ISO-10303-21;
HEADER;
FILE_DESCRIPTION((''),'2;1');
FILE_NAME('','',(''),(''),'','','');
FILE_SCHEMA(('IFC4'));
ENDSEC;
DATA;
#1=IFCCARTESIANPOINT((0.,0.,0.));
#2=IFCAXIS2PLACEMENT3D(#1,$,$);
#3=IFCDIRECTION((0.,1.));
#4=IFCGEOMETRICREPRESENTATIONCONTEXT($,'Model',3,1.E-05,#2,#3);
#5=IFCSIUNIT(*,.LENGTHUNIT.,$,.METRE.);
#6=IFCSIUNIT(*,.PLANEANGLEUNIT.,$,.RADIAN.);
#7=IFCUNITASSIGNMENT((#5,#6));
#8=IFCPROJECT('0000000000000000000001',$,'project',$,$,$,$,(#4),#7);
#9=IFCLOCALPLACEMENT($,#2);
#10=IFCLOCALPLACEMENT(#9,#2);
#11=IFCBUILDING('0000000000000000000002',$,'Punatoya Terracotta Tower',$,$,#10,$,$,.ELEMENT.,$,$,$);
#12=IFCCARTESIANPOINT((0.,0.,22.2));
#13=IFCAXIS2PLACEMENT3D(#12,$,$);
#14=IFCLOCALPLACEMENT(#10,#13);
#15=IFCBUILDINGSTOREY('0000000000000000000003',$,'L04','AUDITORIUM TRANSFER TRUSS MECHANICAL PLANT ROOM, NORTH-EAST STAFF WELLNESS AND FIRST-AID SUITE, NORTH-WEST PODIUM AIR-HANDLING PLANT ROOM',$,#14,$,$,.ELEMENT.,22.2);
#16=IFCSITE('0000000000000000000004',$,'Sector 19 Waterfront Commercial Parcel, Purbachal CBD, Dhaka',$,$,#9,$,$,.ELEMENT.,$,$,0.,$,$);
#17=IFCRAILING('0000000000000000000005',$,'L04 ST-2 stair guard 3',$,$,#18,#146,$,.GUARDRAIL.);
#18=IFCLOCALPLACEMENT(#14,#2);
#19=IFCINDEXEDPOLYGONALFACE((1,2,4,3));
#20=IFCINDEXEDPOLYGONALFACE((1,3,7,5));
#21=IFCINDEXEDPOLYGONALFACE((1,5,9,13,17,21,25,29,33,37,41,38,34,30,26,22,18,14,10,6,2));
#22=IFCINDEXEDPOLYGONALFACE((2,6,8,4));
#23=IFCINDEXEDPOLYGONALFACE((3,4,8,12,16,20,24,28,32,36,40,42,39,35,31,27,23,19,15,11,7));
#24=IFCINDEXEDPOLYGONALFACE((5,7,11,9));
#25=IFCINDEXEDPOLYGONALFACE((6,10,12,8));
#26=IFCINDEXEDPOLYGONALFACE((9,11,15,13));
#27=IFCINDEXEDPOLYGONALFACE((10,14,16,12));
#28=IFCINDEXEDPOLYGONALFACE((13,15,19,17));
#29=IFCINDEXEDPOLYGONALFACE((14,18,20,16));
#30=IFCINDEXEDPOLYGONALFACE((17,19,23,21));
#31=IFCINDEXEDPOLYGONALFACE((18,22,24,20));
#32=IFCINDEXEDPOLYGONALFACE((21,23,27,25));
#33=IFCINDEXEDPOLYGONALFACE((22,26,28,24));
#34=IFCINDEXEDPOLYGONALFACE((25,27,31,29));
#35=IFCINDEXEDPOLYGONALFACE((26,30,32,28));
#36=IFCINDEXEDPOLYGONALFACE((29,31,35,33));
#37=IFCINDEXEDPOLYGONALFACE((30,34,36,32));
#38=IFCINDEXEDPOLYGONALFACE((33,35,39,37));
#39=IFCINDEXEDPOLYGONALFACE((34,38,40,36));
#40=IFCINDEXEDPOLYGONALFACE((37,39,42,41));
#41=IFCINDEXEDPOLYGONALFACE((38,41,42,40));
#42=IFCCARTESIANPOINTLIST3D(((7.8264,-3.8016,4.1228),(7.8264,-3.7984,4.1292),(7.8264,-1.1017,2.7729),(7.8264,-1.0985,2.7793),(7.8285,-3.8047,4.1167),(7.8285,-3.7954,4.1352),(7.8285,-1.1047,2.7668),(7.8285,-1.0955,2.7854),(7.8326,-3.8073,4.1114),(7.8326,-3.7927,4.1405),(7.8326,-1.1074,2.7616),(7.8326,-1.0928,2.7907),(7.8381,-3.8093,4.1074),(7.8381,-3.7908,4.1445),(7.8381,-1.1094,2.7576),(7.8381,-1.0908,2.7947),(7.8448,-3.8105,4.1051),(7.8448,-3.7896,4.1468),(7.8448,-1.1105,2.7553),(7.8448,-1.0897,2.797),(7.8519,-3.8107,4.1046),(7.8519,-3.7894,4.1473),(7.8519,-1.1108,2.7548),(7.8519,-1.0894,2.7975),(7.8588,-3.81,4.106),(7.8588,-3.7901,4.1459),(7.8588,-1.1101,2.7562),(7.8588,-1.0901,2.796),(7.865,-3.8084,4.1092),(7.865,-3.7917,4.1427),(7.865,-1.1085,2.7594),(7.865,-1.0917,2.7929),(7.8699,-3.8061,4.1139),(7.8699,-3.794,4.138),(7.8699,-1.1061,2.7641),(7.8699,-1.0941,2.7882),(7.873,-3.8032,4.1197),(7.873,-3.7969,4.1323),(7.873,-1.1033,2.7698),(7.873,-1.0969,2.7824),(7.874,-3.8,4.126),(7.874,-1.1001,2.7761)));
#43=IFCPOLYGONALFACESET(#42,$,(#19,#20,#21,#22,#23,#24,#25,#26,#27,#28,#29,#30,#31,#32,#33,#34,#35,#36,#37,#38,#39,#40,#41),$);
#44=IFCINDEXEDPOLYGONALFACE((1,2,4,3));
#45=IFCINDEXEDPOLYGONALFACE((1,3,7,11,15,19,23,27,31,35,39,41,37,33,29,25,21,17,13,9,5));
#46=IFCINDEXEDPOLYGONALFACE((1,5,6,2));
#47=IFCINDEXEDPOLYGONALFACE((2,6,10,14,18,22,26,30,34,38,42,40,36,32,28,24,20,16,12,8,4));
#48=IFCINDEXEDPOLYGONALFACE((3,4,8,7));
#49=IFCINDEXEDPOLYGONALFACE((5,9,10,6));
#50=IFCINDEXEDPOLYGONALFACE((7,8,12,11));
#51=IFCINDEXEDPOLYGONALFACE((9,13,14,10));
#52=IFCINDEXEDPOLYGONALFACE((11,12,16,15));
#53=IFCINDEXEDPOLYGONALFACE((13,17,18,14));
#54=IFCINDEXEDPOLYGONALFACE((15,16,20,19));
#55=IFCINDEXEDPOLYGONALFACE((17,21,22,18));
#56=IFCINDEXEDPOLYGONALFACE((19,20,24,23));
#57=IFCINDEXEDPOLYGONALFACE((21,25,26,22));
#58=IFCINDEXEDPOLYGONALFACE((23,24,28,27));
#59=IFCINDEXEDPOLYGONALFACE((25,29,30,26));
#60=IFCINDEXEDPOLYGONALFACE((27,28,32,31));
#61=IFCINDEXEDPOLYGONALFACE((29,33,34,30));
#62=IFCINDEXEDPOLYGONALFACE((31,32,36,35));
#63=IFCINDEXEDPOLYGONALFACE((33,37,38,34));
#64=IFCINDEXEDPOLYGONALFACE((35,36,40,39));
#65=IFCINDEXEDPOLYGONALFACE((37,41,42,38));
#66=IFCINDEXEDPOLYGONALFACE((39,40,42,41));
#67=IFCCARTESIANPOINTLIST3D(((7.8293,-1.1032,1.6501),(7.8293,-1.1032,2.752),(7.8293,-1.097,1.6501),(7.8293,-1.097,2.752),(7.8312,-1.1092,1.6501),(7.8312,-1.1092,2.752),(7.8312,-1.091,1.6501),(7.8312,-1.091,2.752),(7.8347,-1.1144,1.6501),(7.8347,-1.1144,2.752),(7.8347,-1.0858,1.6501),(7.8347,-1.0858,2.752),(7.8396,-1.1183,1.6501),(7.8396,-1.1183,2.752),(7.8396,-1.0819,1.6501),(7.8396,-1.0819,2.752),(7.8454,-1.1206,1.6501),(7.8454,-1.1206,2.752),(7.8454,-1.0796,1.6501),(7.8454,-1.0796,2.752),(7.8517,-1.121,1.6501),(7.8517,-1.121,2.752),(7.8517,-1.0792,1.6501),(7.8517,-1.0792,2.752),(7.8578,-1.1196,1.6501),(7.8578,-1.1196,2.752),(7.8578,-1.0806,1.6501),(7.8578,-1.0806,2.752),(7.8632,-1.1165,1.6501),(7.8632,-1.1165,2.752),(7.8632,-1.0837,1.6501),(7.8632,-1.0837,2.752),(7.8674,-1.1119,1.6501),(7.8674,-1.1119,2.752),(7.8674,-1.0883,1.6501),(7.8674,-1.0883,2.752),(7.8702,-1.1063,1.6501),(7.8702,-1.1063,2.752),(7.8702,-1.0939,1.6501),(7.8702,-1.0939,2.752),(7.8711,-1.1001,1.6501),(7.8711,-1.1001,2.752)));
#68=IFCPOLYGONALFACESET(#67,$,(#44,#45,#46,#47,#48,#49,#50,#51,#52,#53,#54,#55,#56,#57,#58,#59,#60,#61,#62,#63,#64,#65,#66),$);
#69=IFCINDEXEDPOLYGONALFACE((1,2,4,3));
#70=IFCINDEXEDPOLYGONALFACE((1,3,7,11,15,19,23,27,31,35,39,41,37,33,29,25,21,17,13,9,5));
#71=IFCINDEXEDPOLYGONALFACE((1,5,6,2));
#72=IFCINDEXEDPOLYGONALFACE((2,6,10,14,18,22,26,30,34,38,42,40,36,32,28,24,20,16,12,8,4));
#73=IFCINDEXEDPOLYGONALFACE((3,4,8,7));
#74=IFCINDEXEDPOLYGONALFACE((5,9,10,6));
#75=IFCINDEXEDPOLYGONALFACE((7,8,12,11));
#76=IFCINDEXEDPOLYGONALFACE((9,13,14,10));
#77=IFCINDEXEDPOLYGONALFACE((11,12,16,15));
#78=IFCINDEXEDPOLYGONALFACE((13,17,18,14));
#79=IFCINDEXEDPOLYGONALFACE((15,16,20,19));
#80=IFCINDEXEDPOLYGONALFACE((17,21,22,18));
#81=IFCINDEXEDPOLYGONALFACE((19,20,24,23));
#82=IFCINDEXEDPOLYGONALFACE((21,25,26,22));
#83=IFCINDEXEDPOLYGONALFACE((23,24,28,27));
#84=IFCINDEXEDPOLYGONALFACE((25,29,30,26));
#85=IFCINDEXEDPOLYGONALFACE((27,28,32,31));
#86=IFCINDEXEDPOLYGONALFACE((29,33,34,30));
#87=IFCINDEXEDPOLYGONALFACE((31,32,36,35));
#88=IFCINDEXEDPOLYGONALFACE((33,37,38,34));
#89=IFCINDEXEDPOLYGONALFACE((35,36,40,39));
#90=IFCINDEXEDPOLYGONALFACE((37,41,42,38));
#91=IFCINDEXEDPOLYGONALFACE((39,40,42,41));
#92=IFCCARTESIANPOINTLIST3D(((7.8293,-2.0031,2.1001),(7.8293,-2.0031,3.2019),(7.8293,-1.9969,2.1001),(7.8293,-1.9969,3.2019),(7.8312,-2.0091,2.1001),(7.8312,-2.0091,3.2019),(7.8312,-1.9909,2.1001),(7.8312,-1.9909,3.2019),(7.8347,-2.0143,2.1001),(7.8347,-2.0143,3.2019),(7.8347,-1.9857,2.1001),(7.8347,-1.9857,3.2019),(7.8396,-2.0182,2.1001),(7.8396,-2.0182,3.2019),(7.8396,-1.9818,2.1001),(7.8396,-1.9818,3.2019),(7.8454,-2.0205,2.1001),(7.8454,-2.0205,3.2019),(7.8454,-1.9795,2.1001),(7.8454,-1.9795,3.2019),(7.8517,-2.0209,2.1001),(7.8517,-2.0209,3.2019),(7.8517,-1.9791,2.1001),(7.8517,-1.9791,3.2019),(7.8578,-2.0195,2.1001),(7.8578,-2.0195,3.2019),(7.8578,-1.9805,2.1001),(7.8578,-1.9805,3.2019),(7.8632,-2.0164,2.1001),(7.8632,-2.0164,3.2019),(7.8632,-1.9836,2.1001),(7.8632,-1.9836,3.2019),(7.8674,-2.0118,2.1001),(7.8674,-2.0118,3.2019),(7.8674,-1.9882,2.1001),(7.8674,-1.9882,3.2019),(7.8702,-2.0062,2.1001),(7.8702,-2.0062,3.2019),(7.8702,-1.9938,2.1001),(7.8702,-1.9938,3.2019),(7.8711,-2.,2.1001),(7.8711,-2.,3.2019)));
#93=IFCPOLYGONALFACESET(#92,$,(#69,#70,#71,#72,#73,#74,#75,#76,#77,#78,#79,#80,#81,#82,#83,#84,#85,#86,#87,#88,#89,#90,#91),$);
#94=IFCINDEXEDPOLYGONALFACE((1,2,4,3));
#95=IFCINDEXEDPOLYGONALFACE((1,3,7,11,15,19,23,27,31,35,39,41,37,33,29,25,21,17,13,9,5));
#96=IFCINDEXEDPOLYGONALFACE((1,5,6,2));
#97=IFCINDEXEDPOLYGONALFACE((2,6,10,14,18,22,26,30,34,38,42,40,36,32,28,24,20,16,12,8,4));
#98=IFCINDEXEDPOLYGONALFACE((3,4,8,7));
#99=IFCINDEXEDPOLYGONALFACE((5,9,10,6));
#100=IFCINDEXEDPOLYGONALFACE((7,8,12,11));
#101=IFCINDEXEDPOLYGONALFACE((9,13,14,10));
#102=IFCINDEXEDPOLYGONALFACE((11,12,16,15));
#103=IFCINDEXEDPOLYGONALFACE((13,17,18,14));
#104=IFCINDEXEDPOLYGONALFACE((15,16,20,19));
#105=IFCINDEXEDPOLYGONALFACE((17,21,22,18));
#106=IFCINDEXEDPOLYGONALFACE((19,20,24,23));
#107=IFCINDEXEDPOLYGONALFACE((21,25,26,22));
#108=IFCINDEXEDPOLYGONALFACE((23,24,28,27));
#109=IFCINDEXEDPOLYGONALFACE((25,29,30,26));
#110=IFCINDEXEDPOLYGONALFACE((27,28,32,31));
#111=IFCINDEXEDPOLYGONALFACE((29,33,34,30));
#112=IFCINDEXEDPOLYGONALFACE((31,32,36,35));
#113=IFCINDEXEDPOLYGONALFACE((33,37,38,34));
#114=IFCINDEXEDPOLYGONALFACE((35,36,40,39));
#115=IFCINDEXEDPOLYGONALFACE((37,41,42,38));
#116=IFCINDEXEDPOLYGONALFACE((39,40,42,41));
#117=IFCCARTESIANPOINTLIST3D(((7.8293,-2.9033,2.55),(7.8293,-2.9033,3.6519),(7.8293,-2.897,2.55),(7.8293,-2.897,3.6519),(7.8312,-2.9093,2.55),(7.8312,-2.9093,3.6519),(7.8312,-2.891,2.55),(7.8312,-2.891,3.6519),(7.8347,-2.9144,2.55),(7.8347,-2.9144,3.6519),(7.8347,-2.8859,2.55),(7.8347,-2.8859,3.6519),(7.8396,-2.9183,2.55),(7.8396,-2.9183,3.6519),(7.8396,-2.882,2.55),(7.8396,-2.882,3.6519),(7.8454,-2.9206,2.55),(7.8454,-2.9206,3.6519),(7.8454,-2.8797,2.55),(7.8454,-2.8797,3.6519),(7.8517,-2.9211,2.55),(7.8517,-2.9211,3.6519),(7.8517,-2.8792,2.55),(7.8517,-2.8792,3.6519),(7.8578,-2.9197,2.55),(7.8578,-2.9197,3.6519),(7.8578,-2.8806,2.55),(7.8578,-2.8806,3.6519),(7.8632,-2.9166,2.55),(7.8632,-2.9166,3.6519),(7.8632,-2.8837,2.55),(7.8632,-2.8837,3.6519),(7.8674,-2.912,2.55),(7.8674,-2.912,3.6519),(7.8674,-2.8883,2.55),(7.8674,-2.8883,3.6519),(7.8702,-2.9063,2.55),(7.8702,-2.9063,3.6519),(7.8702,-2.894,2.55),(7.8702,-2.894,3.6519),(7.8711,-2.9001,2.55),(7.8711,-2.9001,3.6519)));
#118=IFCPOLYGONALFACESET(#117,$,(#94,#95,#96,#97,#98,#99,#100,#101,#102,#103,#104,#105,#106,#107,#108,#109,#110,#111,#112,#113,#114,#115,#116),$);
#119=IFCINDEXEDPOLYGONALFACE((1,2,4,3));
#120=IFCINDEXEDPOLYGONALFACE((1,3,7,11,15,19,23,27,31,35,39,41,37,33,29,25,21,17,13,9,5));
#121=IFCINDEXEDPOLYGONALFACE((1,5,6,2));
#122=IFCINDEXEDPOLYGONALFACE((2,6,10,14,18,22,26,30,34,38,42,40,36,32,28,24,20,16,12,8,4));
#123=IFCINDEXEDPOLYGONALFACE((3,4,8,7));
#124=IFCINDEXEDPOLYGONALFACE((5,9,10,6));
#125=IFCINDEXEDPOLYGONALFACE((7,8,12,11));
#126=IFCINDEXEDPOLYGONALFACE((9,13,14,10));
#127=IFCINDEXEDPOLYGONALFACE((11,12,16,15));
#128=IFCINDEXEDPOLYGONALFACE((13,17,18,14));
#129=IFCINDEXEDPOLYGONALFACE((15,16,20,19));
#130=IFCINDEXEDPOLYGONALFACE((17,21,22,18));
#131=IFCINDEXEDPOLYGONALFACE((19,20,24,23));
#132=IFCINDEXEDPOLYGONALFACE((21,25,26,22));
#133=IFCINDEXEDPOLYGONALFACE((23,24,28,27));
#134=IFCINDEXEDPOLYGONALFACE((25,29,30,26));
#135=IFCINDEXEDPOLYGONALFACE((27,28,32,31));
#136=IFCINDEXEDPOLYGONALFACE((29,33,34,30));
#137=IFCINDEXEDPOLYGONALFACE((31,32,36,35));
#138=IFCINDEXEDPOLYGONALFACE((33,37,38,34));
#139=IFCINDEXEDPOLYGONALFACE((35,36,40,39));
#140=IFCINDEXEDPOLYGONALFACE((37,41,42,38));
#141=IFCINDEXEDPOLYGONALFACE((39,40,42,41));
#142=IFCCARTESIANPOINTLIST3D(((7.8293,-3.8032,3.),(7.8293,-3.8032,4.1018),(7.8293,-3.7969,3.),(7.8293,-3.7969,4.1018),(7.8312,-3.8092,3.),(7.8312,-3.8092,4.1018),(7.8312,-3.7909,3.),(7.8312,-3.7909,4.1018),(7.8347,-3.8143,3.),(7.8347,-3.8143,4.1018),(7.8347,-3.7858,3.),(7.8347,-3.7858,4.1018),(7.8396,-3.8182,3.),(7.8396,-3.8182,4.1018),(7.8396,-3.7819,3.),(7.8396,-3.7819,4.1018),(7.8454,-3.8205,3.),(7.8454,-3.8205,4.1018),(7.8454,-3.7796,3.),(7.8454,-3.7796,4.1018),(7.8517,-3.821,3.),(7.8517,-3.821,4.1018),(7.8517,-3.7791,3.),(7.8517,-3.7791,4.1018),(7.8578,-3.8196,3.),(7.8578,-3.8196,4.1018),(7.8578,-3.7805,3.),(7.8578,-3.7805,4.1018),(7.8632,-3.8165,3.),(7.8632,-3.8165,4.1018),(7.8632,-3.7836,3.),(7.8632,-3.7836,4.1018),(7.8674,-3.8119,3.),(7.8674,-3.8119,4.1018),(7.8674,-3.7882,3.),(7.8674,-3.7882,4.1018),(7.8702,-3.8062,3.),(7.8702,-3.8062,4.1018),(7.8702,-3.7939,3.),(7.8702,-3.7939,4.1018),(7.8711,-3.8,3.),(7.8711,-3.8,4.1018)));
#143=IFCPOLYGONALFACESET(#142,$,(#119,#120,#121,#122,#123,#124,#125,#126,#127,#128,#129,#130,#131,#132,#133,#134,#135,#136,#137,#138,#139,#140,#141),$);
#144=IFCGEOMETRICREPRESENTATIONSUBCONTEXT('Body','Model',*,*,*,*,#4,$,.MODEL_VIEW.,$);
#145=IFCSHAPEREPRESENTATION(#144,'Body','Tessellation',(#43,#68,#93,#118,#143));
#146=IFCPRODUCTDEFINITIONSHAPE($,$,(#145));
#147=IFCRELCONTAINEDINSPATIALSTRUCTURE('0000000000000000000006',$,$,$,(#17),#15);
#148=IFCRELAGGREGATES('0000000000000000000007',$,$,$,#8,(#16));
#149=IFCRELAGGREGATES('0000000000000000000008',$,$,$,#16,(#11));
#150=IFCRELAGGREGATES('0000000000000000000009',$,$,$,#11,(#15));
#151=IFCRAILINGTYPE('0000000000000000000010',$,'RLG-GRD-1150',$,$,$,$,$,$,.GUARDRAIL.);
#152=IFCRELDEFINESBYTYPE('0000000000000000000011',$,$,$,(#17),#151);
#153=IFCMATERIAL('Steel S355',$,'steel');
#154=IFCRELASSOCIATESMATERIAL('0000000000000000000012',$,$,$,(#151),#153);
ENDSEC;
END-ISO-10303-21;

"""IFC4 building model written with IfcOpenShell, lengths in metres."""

from ifc_helpers import new_model, si_unit, direction, frame, origin, origin_2d, place, context, subcontext, project, spatial, circle, extrude, material, type_object, element, save


model = new_model("IFC4")

# Units and contexts
model_context = context("Model", 3, precision=1e-05, world=origin(), true_north=direction((0.0, 1.0)))
body_context = subcontext(model_context, "Body", "Model", "MODEL_VIEW")
ifc_project = project(units=[si_unit("LENGTHUNIT", "METRE"), si_unit("PLANEANGLEUNIT", "RADIAN")], contexts=[model_context])

# Site, building, storey
site_placement = place(None, origin())
site = spatial("IfcSite", under=ifc_project, at=site_placement, Name="Sector 19 Waterfront Commercial Parcel, Purbachal CBD, Dhaka", CompositionType="ELEMENT", RefElevation=0.0)
building_placement = place(site_placement, origin())
building = spatial("IfcBuilding", under=site, at=building_placement, Name="Punatoya Terracotta Tower", CompositionType="ELEMENT")
storey_placement = place(building_placement, frame((0.0, 0.0, 22.2)))
storey = spatial("IfcBuildingStorey", under=building, at=storey_placement, Name="L04", Description="AUDITORIUM TRANSFER TRUSS MECHANICAL PLANT ROOM, NORTH-EAST STAFF WELLNESS AND FIRST-AID SUITE, NORTH-WEST PODIUM AIR-HANDLING PLANT ROOM", CompositionType="ELEMENT", Elevation=22.2)

# Shared definitions
ifc_material_1 = material(Name="Steel S355", Category="steel")

# Railing
railing_type_1 = type_object("IfcRailingType", Name="RLG-GRD-1150", PredefinedType="GUARDRAIL", material=ifc_material_1)
railing_1_placement = place(storey_placement, frame((7.8501, -1.1001, 1.6501)))
element("IfcRailing", 1, at=railing_1_placement, inside=storey, type_object=railing_type_1, Name="L04 ST-2 stair guard 3", PredefinedType="GUARDRAIL", context=body_context, shape_type="SweptSolid", body=[
    extrude(circle(Radius=0.0239, at=origin_2d()), frame((0.0, 0.0, 1.126), z_axis=(0.0, -0.894443, 0.447181), x_axis=(1.0, 0.0, 0.0)), (0.0, 0.0, 1.0), 3.0186),
    extrude(circle(Radius=0.021, at=origin_2d()), origin(), (0.0, 0.0, 1.0), 1.1018),
    extrude(circle(Radius=0.021, at=origin_2d()), frame((0.0, -0.8999, 0.45)), (0.0, 0.0, 1.0), 1.1018),
    extrude(circle(Radius=0.021, at=origin_2d()), frame((0.0, -1.8, 0.8999)), (0.0, 0.0, 1.0), 1.1018),
    extrude(circle(Radius=0.021, at=origin_2d()), frame((0.0, -2.7, 1.3499)), (0.0, 0.0, 1.0), 1.1018),
])

save(model, "model.ifc")
